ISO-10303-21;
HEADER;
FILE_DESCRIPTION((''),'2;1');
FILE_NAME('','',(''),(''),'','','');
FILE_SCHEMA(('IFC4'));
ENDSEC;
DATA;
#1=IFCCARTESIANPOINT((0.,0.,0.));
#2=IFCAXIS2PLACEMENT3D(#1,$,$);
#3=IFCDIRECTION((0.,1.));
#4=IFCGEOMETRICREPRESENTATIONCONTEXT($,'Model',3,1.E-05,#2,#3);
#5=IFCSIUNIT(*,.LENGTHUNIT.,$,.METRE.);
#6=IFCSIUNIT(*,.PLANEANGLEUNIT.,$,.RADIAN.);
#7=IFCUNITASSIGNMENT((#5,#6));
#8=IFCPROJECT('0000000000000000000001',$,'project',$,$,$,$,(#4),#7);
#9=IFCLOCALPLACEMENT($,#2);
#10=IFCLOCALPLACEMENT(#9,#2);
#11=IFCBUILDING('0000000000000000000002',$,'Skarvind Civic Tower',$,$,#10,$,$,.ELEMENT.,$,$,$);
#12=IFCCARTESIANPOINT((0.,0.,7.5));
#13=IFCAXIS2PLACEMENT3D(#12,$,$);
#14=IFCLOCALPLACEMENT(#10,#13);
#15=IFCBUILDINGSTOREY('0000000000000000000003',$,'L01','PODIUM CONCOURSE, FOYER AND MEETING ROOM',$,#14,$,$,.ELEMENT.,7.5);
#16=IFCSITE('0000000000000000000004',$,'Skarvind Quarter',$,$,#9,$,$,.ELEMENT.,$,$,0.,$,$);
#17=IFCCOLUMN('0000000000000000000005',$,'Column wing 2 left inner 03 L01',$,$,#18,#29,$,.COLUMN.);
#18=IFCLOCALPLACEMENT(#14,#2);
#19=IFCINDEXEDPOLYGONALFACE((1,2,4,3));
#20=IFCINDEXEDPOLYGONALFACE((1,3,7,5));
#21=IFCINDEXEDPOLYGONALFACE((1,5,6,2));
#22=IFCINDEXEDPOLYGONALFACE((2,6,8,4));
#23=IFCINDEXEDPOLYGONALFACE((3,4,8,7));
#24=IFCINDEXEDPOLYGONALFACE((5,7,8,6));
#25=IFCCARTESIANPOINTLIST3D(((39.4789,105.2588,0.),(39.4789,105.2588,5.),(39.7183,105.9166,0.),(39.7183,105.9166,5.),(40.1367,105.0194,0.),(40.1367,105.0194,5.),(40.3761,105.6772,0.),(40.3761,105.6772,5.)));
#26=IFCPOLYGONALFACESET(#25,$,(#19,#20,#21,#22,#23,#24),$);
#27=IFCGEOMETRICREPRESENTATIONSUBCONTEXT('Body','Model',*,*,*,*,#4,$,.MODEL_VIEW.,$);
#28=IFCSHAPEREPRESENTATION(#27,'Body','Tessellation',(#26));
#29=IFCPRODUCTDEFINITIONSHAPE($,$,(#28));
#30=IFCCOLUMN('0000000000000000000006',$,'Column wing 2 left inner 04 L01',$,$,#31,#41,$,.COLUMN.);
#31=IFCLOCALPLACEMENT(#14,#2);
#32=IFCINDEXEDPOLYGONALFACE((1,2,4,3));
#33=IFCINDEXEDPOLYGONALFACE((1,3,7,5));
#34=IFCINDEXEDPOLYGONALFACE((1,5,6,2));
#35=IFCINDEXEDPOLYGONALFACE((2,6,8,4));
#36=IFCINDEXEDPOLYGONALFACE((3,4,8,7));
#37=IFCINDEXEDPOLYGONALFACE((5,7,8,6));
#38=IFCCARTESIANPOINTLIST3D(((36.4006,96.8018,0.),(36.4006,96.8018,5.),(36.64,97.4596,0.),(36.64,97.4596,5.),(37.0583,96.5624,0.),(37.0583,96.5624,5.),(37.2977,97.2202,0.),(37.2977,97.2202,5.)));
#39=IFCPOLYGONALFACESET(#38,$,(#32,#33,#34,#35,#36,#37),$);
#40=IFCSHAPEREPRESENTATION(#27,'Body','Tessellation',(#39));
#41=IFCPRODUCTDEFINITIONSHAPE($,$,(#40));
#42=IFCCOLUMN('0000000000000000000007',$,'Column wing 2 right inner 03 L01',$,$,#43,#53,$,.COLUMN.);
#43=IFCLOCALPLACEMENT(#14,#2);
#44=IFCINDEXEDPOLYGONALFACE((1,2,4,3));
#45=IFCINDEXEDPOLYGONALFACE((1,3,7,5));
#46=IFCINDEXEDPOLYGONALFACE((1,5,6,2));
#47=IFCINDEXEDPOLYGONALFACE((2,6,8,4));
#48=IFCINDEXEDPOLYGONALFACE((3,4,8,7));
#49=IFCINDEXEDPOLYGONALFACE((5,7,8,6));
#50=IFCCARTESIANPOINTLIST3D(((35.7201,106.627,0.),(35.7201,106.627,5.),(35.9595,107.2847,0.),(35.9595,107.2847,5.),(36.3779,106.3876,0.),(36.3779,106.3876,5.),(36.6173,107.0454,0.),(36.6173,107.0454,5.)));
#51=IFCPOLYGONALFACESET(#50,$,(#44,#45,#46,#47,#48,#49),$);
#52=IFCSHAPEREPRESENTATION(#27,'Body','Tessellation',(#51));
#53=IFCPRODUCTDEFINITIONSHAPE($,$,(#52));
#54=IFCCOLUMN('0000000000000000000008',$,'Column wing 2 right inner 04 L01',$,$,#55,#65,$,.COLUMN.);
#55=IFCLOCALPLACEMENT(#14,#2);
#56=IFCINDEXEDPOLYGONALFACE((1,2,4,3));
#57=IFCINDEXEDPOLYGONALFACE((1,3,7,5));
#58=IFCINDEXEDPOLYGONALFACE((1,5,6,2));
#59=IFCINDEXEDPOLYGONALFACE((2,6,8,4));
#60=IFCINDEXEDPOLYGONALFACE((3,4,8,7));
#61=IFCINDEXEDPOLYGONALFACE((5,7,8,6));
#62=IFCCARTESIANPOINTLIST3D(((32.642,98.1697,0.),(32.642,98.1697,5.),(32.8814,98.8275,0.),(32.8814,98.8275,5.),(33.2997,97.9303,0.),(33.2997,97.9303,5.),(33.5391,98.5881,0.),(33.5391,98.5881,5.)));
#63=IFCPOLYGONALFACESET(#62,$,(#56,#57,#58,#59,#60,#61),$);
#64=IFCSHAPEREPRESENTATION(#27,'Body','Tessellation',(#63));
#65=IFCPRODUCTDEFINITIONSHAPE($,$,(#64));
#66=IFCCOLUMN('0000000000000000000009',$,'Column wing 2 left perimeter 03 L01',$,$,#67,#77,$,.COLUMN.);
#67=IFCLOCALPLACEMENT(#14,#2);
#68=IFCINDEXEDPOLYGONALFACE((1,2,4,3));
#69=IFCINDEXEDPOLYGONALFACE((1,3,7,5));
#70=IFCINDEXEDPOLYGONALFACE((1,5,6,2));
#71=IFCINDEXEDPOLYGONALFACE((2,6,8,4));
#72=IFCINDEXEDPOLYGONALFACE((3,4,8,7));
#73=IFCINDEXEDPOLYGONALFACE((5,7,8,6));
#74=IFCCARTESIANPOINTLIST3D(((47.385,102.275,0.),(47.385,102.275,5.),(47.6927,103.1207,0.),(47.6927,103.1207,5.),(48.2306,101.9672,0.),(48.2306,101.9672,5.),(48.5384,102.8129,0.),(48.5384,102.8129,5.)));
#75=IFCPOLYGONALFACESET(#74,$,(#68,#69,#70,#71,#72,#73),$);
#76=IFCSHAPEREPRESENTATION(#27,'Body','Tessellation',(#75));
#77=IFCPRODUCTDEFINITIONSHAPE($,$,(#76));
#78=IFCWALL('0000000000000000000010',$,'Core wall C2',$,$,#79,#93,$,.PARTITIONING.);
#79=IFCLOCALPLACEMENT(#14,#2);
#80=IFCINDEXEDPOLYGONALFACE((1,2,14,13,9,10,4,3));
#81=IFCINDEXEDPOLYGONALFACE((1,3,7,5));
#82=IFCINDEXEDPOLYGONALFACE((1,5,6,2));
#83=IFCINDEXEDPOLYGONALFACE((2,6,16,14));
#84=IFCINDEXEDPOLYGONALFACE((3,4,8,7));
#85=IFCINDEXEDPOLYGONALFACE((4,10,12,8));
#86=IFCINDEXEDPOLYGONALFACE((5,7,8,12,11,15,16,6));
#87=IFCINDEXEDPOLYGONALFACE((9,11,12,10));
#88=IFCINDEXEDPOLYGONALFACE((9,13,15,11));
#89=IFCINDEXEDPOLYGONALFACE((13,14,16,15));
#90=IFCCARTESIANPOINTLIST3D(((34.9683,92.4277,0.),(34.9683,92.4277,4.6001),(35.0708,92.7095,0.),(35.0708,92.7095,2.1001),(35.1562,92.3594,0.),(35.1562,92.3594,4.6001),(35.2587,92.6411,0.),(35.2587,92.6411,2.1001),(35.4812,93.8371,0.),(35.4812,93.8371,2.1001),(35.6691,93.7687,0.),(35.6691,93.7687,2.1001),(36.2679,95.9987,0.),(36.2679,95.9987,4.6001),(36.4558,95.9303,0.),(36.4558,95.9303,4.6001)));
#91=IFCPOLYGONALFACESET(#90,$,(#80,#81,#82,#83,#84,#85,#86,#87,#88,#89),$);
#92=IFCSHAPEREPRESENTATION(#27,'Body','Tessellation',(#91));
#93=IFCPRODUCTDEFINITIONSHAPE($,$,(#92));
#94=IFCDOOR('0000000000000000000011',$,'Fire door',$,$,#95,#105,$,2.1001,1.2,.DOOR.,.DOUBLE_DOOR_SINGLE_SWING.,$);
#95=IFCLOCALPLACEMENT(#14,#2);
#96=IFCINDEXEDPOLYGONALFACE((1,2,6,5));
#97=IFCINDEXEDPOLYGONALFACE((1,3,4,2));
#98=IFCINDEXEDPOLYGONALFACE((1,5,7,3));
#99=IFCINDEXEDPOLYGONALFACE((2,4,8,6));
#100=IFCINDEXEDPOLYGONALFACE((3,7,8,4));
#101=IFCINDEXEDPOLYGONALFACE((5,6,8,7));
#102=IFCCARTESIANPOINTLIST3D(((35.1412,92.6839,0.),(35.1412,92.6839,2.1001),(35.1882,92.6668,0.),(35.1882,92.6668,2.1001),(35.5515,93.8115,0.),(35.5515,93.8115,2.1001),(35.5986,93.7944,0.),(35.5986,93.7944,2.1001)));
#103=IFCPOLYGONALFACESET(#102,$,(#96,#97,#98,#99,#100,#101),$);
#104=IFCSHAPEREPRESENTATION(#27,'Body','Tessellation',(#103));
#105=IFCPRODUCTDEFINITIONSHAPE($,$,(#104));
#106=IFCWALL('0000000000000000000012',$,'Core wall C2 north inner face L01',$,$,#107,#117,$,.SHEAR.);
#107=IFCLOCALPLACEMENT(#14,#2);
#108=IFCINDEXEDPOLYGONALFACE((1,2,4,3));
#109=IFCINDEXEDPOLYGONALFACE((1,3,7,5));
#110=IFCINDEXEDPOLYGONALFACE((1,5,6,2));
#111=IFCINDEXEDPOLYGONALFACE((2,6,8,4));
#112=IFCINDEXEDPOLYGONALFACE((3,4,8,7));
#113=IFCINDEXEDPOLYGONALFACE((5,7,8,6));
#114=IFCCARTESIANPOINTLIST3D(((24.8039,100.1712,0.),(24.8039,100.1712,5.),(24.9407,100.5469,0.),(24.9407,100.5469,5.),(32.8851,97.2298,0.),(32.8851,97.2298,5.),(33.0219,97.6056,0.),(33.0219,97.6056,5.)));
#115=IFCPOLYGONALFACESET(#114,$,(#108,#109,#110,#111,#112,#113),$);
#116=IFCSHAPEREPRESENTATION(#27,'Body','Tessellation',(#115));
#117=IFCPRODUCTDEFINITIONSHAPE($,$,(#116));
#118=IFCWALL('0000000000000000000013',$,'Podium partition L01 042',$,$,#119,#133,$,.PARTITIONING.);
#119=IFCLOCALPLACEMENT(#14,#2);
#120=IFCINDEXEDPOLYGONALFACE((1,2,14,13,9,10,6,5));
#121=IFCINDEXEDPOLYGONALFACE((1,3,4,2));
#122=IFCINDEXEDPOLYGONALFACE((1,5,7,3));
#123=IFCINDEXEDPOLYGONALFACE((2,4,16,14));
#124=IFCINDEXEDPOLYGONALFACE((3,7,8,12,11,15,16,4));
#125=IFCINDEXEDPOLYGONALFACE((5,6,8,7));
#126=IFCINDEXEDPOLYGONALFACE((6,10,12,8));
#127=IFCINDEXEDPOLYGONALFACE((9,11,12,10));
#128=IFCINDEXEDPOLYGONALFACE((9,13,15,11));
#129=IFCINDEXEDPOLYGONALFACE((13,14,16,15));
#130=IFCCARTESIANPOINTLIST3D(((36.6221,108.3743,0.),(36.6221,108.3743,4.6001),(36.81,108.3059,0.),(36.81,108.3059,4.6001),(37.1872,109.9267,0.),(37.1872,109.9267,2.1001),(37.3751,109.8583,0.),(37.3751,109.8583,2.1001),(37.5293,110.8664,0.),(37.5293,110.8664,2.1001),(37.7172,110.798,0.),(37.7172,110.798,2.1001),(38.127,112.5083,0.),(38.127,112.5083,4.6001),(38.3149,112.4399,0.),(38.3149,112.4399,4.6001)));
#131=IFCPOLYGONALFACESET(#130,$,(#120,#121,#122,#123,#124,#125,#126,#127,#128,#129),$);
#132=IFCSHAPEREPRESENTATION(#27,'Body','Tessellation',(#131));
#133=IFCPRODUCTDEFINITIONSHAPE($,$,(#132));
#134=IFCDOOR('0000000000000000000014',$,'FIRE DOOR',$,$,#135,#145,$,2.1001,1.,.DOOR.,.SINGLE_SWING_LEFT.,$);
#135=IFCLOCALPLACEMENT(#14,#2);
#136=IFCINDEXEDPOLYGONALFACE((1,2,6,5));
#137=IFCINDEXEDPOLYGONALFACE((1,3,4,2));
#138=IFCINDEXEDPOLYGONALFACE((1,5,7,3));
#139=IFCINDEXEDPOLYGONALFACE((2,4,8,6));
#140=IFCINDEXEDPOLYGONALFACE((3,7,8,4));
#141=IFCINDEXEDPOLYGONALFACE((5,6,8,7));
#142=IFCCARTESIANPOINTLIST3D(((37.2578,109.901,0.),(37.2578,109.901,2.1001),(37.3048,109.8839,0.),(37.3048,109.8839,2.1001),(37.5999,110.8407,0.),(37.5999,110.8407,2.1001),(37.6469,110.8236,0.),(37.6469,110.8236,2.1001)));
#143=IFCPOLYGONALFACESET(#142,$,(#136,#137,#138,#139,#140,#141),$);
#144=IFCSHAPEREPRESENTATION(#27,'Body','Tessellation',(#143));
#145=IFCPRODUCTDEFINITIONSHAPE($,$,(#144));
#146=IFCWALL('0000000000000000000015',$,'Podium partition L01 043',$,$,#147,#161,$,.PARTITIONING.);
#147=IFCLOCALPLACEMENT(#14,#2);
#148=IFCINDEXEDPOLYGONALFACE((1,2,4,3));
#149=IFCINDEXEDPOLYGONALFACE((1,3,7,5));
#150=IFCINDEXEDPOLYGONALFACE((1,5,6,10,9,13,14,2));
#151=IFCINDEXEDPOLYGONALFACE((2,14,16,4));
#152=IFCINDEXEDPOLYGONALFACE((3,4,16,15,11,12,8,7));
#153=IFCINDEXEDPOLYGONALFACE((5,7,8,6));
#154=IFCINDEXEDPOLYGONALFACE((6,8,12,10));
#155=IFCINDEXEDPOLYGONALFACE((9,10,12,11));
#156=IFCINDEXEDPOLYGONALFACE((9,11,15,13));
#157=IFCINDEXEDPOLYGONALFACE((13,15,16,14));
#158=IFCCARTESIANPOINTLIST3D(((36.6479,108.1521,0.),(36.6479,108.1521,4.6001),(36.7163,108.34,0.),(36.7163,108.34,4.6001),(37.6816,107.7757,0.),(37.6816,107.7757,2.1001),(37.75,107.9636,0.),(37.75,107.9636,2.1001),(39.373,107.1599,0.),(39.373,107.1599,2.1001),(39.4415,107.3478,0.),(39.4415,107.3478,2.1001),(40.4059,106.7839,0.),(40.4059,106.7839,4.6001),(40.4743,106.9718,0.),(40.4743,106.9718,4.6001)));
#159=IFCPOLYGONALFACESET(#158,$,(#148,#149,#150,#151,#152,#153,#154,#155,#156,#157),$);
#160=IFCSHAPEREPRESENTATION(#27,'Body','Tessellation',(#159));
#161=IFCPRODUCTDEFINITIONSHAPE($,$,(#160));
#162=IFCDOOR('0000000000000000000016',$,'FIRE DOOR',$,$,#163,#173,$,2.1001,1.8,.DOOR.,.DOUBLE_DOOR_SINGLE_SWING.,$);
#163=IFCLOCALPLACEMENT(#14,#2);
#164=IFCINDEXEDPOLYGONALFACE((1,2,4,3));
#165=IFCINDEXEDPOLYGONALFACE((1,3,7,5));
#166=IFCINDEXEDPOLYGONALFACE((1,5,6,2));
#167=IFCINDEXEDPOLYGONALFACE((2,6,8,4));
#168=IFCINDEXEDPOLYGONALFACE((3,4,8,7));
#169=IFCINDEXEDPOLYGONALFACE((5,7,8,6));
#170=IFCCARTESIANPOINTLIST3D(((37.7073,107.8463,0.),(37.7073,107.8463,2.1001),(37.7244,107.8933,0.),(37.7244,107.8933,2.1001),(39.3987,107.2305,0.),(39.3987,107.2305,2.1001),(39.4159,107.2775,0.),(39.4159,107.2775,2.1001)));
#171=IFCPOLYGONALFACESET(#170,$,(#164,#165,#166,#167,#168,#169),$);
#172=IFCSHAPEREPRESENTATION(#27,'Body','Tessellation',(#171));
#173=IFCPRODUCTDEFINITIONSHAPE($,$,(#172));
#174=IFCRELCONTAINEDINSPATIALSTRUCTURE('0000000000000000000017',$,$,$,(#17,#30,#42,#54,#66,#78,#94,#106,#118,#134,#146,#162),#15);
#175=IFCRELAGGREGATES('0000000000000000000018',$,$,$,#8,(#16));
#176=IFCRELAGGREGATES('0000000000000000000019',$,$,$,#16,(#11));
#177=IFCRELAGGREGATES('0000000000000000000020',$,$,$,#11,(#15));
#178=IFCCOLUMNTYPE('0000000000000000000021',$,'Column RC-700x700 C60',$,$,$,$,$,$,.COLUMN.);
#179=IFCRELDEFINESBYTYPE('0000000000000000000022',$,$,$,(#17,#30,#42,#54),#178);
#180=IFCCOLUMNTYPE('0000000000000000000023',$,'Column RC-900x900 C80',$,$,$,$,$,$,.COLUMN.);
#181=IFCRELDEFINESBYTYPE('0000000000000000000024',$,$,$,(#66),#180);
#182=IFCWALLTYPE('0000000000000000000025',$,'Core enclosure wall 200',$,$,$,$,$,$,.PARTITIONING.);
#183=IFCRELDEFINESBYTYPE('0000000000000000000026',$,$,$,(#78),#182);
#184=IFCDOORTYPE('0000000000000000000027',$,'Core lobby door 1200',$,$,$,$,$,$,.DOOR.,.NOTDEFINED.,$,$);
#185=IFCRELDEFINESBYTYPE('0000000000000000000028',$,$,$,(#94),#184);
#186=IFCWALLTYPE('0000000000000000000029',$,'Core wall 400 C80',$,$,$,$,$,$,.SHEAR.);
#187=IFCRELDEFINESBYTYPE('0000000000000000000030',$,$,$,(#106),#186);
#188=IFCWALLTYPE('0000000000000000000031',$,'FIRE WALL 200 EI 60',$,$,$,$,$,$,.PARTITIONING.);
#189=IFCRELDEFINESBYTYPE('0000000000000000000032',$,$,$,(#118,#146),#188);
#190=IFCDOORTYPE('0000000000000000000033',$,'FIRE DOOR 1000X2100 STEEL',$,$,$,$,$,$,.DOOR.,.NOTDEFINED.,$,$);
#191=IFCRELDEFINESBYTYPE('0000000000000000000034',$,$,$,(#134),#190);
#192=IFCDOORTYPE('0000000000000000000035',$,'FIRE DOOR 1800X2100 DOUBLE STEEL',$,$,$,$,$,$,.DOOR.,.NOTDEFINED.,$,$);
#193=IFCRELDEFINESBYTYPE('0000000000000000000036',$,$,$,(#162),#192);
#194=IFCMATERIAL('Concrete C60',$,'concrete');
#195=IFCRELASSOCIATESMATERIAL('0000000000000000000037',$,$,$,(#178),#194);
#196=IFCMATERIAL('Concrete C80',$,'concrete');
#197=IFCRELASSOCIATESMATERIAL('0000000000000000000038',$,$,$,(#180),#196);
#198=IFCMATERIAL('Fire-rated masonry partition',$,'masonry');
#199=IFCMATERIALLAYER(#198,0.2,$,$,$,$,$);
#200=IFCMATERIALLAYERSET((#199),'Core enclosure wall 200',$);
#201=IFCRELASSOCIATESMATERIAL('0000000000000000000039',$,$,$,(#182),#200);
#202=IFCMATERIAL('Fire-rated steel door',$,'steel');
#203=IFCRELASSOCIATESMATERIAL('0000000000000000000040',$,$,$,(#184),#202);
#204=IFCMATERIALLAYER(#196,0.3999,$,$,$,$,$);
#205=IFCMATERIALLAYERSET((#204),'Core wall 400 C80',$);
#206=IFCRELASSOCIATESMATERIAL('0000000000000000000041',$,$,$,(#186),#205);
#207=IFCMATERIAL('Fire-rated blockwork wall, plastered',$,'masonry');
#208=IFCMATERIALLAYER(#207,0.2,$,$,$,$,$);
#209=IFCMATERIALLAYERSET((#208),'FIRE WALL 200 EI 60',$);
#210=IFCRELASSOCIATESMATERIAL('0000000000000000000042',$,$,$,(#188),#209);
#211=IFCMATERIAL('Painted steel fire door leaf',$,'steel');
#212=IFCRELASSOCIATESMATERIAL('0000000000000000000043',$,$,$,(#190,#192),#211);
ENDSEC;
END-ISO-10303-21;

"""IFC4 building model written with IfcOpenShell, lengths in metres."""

from ifc_helpers import new_model, si_unit, direction, frame, frame_2d, origin, origin_2d, place, context, subcontext, project, spatial, rectangle, extrude, material, layer, layer_set, material_profile, profile_set, type_object, element, fill, save


model = new_model("IFC4")

# Units and contexts
model_context = context("Model", 3, precision=1e-05, world=origin(), true_north=direction((0.0, 1.0)))
body_context = subcontext(model_context, "Body", "Model", "MODEL_VIEW")
ifc_project = project(units=[si_unit("LENGTHUNIT", "METRE"), si_unit("PLANEANGLEUNIT", "RADIAN")], contexts=[model_context])

# Site, building, storey
site_placement = place(None, origin())
site = spatial("IfcSite", under=ifc_project, at=site_placement, Name="Skarvind Quarter", CompositionType="ELEMENT", RefElevation=0.0)
building_placement = place(site_placement, origin())
building = spatial("IfcBuilding", under=site, at=building_placement, Name="Skarvind Civic Tower", CompositionType="ELEMENT")
storey_placement = place(building_placement, frame((0.0, 0.0, 7.5)))
storey = spatial("IfcBuildingStorey", under=building, at=storey_placement, Name="L01", Description="PODIUM CONCOURSE, FOYER AND MEETING ROOM", CompositionType="ELEMENT", Elevation=7.5)

# Columns
ifc_material_1 = material(Name="Concrete C60", Category="concrete")
ifc_material_profile_1 = material_profile(ifc_material_1, rectangle(XDim=0.7, YDim=0.7, at=origin_2d()), Name="RC-700x700")
ifc_profile_set_1 = profile_set([ifc_material_profile_1], Name="Concrete C60")
column_type_1 = type_object("IfcColumnType", Name="Column RC-700x700 C60", PredefinedType="COLUMN", material=ifc_profile_set_1)
for number, where, z_axis, x_axis, name in (
    (1, (39.9275, 105.468, 0.0), (0.0, 0.0, 1.0), (-0.34202, -0.939693, 0.0), "Column wing 2 left inner 03 L01"),
    (2, (36.8491, 97.011, 0.0), (0.0, 0.0, 1.0), (-0.34202, -0.939693, 0.0), "Column wing 2 left inner 04 L01"),
    (3, (36.1687, 106.8362, 0.0), (0.0, 0.0, 1.0), (-0.34202, -0.939693, 0.0), "Column wing 2 right inner 03 L01"),
    (4, (33.0906, 98.3789, 0.0), (0.0, 0.0, 1.0), (-0.34202, -0.939693, 0.0), "Column wing 2 right inner 04 L01"),
):
    element("IfcColumn", number, at=place(storey_placement, frame(where, z_axis=z_axis, x_axis=x_axis)), inside=storey, type_object=column_type_1, Name=name, PredefinedType="COLUMN", context=body_context, shape_type="SweptSolid", body=[
        extrude(rectangle(XDim=0.7, YDim=0.7, at=origin_2d()), origin(), (0.0, 0.0, 1.0), 5.0),
    ])
ifc_material_2 = material(Name="Concrete C80", Category="concrete")
ifc_material_profile_2 = material_profile(ifc_material_2, rectangle(XDim=0.8999, YDim=0.8999, at=origin_2d()), Name="RC-900x900")
ifc_profile_set_2 = profile_set([ifc_material_profile_2], Name="Concrete C80")
column_type_2 = type_object("IfcColumnType", Name="Column RC-900x900 C80", PredefinedType="COLUMN", material=ifc_profile_set_2)
column_placement = place(storey_placement, frame((47.9617, 102.5439, 0.0), z_axis=(0.0, 0.0, 1.0), x_axis=(-0.34202, -0.939693, 0.0)))
element("IfcColumn", 5, at=column_placement, inside=storey, type_object=column_type_2, Name="Column wing 2 left perimeter 03 L01", PredefinedType="COLUMN", context=body_context, shape_type="SweptSolid", body=[
    extrude(rectangle(XDim=0.8999, YDim=0.8999, at=origin_2d()), origin(), (0.0, 0.0, 1.0), 5.0),
])

# Wall, opening, door
ifc_material_3 = material(Name="Fire-rated masonry partition", Category="masonry")
ifc_layer_1 = layer(ifc_material_3, 0.2)
ifc_layer_set_1 = layer_set([ifc_layer_1], Name="Core enclosure wall 200")
wall_type_1 = type_object("IfcWallType", Name="Core enclosure wall 200", PredefinedType="PARTITIONING", material=ifc_layer_set_1)
wall_1_placement = place(storey_placement, frame((36.3618, 95.9644, 0.0), z_axis=(0.0, 0.0, 1.0), x_axis=(-0.341996, -0.939701, 0.0)))
wall_1 = element("IfcWall", 6, at=wall_1_placement, inside=storey, type_object=wall_type_1, Name="Core wall C2", PredefinedType="PARTITIONING", context=body_context, shape_type="SweptSolid", body=[
    extrude(rectangle(XDim=3.8, YDim=0.2, at=frame_2d((1.8999, 0.0))), origin(), (0.0, 0.0, 1.0), 4.6001),
])
opening_1_placement = place(wall_1_placement, frame((2.3, 0.0, 0.0)))
opening_1 = element("IfcOpeningElement", 7, at=opening_1_placement, cuts=wall_1, PredefinedType="OPENING", context=body_context, shape_type="SweptSolid", body=[
    extrude(rectangle(XDim=1.2, YDim=2.1001, at=frame_2d((0.6001, 1.05))), frame((0.0, 0.1099, 0.0), z_axis=(0.0, -1.0, 0.0), x_axis=(1.0, 0.0, 0.0)), (0.0, 0.0, 1.0), 0.22),
])
ifc_material_4 = material(Name="Fire-rated steel door", Category="steel")
door_type_1 = type_object("IfcDoorType", Name="Core lobby door 1200", OperationType="NOTDEFINED", PredefinedType="DOOR", material=ifc_material_4)
door_1_placement = place(opening_1_placement, origin())
door_1 = element("IfcDoor", 8, at=door_1_placement, inside=storey, type_object=door_type_1, Name="Fire door", OperationType="DOUBLE_DOOR_SINGLE_SWING", OverallHeight=2.1001, OverallWidth=1.2, PredefinedType="DOOR", context=body_context, shape_type="SweptSolid", body=[
    extrude(rectangle(XDim=1.2, YDim=2.1001, at=frame_2d((0.6001, 1.05))), frame((0.0, 0.0249, 0.0), z_axis=(0.0, -1.0, 0.0), x_axis=(1.0, 0.0, 0.0)), (0.0, 0.0, 1.0), 0.05),
])
fill(opening_1, door_1)

# Wall
ifc_layer_2 = layer(ifc_material_2, 0.3999)
ifc_layer_set_2 = layer_set([ifc_layer_2], Name="Core wall 400 C80")
wall_type_2 = type_object("IfcWallType", Name="Core wall 400 C80", PredefinedType="SHEAR", material=ifc_layer_set_2)
wall_2_placement = place(storey_placement, frame((32.9534, 97.4177, 0.0), z_axis=(0.0, 0.0, 1.0), x_axis=(-0.939691, 0.342026, 0.0)))
element("IfcWall", 9, at=wall_2_placement, inside=storey, type_object=wall_type_2, Name="Core wall C2 north inner face L01", PredefinedType="SHEAR", context=body_context, shape_type="SweptSolid", body=[
    extrude(rectangle(XDim=8.5999, YDim=0.3999, at=frame_2d((4.2998, 0.0))), origin(), (0.0, 0.0, 1.0), 5.0),
])

# Walls, openings, doors
ifc_material_5 = material(Name="Fire-rated blockwork wall, plastered", Category="masonry")
ifc_layer_3 = layer(ifc_material_5, 0.2)
ifc_layer_set_3 = layer_set([ifc_layer_3], Name="FIRE WALL 200 EI 60")
wall_type_3 = type_object("IfcWallType", Name="FIRE WALL 200 EI 60", PredefinedType="PARTITIONING", material=ifc_layer_set_3)
wall_3_placement = place(storey_placement, frame((36.7161, 108.3401, 0.0), z_axis=(0.0, 0.0, 1.0), x_axis=(0.342064, 0.939677, 0.0)))
wall_3 = element("IfcWall", 10, at=wall_3_placement, inside=storey, type_object=wall_type_3, Name="Podium partition L01 042", PredefinedType="PARTITIONING", context=body_context, shape_type="SweptSolid", body=[
    extrude(rectangle(XDim=4.3994, YDim=0.2, at=frame_2d((2.1997, 0.0))), origin(), (0.0, 0.0, 1.0), 4.6001),
])
opening_2_placement = place(wall_3_placement, frame((1.6521, 0.0, 0.0)))
opening_2 = element("IfcOpeningElement", 11, at=opening_2_placement, cuts=wall_3, PredefinedType="OPENING", context=body_context, shape_type="SweptSolid", body=[
    extrude(rectangle(XDim=1.0, YDim=2.1001, at=frame_2d((0.5, 1.05))), frame((0.0, 0.1099, 0.0), z_axis=(0.0, -1.0, 0.0), x_axis=(1.0, 0.0, 0.0)), (0.0, 0.0, 1.0), 0.22),
])
ifc_material_6 = material(Name="Painted steel fire door leaf", Category="steel")
door_type_2 = type_object("IfcDoorType", Name="FIRE DOOR 1000X2100 STEEL", OperationType="NOTDEFINED", PredefinedType="DOOR", material=ifc_material_6)
door_2_placement = place(opening_2_placement, origin())
door_2 = element("IfcDoor", 12, at=door_2_placement, inside=storey, type_object=door_type_2, Name="FIRE DOOR", OperationType="SINGLE_SWING_LEFT", OverallHeight=2.1001, OverallWidth=1.0, PredefinedType="DOOR", context=body_context, shape_type="SweptSolid", body=[
    extrude(rectangle(XDim=1.0, YDim=2.1001, at=frame_2d((0.5, 1.05))), frame((0.0, 0.0249, 0.0), z_axis=(0.0, -1.0, 0.0), x_axis=(1.0, 0.0, 0.0)), (0.0, 0.0, 1.0), 0.05),
])
fill(opening_2, door_2)
wall_4_placement = place(storey_placement, frame((40.4399, 106.8779, 0.0), z_axis=(0.0, 0.0, 1.0), x_axis=(-0.939665, 0.342096, 0.0)))
wall_4 = element("IfcWall", 13, at=wall_4_placement, inside=storey, type_object=wall_type_3, Name="Podium partition L01 043", PredefinedType="PARTITIONING", context=body_context, shape_type="SweptSolid", body=[
    extrude(rectangle(XDim=3.9993, YDim=0.2, at=frame_2d((1.9995, 0.0))), origin(), (0.0, 0.0, 1.0), 4.6001),
])
opening_3_placement = place(wall_4_placement, frame((1.0991, 0.0, 0.0)))
opening_3 = element("IfcOpeningElement", 14, at=opening_3_placement, cuts=wall_4, PredefinedType="OPENING", context=body_context, shape_type="SweptSolid", body=[
    extrude(rectangle(XDim=1.8, YDim=2.1001, at=frame_2d((0.8999, 1.05))), frame((0.0, 0.1099, 0.0), z_axis=(0.0, -1.0, 0.0), x_axis=(1.0, 0.0, 0.0)), (0.0, 0.0, 1.0), 0.22),
])
door_type_3 = type_object("IfcDoorType", Name="FIRE DOOR 1800X2100 DOUBLE STEEL", OperationType="NOTDEFINED", PredefinedType="DOOR", material=ifc_material_6)
door_3_placement = place(opening_3_placement, origin())
door_3 = element("IfcDoor", 15, at=door_3_placement, inside=storey, type_object=door_type_3, Name="FIRE DOOR", OperationType="DOUBLE_DOOR_SINGLE_SWING", OverallHeight=2.1001, OverallWidth=1.8, PredefinedType="DOOR", context=body_context, shape_type="SweptSolid", body=[
    extrude(rectangle(XDim=1.8, YDim=2.1001, at=frame_2d((0.8999, 1.05))), frame((0.0, 0.0249, 0.0), z_axis=(0.0, -1.0, 0.0), x_axis=(1.0, 0.0, 0.0)), (0.0, 0.0, 1.0), 0.05),
])
fill(opening_3, door_3)

save(model, "model.ifc")
